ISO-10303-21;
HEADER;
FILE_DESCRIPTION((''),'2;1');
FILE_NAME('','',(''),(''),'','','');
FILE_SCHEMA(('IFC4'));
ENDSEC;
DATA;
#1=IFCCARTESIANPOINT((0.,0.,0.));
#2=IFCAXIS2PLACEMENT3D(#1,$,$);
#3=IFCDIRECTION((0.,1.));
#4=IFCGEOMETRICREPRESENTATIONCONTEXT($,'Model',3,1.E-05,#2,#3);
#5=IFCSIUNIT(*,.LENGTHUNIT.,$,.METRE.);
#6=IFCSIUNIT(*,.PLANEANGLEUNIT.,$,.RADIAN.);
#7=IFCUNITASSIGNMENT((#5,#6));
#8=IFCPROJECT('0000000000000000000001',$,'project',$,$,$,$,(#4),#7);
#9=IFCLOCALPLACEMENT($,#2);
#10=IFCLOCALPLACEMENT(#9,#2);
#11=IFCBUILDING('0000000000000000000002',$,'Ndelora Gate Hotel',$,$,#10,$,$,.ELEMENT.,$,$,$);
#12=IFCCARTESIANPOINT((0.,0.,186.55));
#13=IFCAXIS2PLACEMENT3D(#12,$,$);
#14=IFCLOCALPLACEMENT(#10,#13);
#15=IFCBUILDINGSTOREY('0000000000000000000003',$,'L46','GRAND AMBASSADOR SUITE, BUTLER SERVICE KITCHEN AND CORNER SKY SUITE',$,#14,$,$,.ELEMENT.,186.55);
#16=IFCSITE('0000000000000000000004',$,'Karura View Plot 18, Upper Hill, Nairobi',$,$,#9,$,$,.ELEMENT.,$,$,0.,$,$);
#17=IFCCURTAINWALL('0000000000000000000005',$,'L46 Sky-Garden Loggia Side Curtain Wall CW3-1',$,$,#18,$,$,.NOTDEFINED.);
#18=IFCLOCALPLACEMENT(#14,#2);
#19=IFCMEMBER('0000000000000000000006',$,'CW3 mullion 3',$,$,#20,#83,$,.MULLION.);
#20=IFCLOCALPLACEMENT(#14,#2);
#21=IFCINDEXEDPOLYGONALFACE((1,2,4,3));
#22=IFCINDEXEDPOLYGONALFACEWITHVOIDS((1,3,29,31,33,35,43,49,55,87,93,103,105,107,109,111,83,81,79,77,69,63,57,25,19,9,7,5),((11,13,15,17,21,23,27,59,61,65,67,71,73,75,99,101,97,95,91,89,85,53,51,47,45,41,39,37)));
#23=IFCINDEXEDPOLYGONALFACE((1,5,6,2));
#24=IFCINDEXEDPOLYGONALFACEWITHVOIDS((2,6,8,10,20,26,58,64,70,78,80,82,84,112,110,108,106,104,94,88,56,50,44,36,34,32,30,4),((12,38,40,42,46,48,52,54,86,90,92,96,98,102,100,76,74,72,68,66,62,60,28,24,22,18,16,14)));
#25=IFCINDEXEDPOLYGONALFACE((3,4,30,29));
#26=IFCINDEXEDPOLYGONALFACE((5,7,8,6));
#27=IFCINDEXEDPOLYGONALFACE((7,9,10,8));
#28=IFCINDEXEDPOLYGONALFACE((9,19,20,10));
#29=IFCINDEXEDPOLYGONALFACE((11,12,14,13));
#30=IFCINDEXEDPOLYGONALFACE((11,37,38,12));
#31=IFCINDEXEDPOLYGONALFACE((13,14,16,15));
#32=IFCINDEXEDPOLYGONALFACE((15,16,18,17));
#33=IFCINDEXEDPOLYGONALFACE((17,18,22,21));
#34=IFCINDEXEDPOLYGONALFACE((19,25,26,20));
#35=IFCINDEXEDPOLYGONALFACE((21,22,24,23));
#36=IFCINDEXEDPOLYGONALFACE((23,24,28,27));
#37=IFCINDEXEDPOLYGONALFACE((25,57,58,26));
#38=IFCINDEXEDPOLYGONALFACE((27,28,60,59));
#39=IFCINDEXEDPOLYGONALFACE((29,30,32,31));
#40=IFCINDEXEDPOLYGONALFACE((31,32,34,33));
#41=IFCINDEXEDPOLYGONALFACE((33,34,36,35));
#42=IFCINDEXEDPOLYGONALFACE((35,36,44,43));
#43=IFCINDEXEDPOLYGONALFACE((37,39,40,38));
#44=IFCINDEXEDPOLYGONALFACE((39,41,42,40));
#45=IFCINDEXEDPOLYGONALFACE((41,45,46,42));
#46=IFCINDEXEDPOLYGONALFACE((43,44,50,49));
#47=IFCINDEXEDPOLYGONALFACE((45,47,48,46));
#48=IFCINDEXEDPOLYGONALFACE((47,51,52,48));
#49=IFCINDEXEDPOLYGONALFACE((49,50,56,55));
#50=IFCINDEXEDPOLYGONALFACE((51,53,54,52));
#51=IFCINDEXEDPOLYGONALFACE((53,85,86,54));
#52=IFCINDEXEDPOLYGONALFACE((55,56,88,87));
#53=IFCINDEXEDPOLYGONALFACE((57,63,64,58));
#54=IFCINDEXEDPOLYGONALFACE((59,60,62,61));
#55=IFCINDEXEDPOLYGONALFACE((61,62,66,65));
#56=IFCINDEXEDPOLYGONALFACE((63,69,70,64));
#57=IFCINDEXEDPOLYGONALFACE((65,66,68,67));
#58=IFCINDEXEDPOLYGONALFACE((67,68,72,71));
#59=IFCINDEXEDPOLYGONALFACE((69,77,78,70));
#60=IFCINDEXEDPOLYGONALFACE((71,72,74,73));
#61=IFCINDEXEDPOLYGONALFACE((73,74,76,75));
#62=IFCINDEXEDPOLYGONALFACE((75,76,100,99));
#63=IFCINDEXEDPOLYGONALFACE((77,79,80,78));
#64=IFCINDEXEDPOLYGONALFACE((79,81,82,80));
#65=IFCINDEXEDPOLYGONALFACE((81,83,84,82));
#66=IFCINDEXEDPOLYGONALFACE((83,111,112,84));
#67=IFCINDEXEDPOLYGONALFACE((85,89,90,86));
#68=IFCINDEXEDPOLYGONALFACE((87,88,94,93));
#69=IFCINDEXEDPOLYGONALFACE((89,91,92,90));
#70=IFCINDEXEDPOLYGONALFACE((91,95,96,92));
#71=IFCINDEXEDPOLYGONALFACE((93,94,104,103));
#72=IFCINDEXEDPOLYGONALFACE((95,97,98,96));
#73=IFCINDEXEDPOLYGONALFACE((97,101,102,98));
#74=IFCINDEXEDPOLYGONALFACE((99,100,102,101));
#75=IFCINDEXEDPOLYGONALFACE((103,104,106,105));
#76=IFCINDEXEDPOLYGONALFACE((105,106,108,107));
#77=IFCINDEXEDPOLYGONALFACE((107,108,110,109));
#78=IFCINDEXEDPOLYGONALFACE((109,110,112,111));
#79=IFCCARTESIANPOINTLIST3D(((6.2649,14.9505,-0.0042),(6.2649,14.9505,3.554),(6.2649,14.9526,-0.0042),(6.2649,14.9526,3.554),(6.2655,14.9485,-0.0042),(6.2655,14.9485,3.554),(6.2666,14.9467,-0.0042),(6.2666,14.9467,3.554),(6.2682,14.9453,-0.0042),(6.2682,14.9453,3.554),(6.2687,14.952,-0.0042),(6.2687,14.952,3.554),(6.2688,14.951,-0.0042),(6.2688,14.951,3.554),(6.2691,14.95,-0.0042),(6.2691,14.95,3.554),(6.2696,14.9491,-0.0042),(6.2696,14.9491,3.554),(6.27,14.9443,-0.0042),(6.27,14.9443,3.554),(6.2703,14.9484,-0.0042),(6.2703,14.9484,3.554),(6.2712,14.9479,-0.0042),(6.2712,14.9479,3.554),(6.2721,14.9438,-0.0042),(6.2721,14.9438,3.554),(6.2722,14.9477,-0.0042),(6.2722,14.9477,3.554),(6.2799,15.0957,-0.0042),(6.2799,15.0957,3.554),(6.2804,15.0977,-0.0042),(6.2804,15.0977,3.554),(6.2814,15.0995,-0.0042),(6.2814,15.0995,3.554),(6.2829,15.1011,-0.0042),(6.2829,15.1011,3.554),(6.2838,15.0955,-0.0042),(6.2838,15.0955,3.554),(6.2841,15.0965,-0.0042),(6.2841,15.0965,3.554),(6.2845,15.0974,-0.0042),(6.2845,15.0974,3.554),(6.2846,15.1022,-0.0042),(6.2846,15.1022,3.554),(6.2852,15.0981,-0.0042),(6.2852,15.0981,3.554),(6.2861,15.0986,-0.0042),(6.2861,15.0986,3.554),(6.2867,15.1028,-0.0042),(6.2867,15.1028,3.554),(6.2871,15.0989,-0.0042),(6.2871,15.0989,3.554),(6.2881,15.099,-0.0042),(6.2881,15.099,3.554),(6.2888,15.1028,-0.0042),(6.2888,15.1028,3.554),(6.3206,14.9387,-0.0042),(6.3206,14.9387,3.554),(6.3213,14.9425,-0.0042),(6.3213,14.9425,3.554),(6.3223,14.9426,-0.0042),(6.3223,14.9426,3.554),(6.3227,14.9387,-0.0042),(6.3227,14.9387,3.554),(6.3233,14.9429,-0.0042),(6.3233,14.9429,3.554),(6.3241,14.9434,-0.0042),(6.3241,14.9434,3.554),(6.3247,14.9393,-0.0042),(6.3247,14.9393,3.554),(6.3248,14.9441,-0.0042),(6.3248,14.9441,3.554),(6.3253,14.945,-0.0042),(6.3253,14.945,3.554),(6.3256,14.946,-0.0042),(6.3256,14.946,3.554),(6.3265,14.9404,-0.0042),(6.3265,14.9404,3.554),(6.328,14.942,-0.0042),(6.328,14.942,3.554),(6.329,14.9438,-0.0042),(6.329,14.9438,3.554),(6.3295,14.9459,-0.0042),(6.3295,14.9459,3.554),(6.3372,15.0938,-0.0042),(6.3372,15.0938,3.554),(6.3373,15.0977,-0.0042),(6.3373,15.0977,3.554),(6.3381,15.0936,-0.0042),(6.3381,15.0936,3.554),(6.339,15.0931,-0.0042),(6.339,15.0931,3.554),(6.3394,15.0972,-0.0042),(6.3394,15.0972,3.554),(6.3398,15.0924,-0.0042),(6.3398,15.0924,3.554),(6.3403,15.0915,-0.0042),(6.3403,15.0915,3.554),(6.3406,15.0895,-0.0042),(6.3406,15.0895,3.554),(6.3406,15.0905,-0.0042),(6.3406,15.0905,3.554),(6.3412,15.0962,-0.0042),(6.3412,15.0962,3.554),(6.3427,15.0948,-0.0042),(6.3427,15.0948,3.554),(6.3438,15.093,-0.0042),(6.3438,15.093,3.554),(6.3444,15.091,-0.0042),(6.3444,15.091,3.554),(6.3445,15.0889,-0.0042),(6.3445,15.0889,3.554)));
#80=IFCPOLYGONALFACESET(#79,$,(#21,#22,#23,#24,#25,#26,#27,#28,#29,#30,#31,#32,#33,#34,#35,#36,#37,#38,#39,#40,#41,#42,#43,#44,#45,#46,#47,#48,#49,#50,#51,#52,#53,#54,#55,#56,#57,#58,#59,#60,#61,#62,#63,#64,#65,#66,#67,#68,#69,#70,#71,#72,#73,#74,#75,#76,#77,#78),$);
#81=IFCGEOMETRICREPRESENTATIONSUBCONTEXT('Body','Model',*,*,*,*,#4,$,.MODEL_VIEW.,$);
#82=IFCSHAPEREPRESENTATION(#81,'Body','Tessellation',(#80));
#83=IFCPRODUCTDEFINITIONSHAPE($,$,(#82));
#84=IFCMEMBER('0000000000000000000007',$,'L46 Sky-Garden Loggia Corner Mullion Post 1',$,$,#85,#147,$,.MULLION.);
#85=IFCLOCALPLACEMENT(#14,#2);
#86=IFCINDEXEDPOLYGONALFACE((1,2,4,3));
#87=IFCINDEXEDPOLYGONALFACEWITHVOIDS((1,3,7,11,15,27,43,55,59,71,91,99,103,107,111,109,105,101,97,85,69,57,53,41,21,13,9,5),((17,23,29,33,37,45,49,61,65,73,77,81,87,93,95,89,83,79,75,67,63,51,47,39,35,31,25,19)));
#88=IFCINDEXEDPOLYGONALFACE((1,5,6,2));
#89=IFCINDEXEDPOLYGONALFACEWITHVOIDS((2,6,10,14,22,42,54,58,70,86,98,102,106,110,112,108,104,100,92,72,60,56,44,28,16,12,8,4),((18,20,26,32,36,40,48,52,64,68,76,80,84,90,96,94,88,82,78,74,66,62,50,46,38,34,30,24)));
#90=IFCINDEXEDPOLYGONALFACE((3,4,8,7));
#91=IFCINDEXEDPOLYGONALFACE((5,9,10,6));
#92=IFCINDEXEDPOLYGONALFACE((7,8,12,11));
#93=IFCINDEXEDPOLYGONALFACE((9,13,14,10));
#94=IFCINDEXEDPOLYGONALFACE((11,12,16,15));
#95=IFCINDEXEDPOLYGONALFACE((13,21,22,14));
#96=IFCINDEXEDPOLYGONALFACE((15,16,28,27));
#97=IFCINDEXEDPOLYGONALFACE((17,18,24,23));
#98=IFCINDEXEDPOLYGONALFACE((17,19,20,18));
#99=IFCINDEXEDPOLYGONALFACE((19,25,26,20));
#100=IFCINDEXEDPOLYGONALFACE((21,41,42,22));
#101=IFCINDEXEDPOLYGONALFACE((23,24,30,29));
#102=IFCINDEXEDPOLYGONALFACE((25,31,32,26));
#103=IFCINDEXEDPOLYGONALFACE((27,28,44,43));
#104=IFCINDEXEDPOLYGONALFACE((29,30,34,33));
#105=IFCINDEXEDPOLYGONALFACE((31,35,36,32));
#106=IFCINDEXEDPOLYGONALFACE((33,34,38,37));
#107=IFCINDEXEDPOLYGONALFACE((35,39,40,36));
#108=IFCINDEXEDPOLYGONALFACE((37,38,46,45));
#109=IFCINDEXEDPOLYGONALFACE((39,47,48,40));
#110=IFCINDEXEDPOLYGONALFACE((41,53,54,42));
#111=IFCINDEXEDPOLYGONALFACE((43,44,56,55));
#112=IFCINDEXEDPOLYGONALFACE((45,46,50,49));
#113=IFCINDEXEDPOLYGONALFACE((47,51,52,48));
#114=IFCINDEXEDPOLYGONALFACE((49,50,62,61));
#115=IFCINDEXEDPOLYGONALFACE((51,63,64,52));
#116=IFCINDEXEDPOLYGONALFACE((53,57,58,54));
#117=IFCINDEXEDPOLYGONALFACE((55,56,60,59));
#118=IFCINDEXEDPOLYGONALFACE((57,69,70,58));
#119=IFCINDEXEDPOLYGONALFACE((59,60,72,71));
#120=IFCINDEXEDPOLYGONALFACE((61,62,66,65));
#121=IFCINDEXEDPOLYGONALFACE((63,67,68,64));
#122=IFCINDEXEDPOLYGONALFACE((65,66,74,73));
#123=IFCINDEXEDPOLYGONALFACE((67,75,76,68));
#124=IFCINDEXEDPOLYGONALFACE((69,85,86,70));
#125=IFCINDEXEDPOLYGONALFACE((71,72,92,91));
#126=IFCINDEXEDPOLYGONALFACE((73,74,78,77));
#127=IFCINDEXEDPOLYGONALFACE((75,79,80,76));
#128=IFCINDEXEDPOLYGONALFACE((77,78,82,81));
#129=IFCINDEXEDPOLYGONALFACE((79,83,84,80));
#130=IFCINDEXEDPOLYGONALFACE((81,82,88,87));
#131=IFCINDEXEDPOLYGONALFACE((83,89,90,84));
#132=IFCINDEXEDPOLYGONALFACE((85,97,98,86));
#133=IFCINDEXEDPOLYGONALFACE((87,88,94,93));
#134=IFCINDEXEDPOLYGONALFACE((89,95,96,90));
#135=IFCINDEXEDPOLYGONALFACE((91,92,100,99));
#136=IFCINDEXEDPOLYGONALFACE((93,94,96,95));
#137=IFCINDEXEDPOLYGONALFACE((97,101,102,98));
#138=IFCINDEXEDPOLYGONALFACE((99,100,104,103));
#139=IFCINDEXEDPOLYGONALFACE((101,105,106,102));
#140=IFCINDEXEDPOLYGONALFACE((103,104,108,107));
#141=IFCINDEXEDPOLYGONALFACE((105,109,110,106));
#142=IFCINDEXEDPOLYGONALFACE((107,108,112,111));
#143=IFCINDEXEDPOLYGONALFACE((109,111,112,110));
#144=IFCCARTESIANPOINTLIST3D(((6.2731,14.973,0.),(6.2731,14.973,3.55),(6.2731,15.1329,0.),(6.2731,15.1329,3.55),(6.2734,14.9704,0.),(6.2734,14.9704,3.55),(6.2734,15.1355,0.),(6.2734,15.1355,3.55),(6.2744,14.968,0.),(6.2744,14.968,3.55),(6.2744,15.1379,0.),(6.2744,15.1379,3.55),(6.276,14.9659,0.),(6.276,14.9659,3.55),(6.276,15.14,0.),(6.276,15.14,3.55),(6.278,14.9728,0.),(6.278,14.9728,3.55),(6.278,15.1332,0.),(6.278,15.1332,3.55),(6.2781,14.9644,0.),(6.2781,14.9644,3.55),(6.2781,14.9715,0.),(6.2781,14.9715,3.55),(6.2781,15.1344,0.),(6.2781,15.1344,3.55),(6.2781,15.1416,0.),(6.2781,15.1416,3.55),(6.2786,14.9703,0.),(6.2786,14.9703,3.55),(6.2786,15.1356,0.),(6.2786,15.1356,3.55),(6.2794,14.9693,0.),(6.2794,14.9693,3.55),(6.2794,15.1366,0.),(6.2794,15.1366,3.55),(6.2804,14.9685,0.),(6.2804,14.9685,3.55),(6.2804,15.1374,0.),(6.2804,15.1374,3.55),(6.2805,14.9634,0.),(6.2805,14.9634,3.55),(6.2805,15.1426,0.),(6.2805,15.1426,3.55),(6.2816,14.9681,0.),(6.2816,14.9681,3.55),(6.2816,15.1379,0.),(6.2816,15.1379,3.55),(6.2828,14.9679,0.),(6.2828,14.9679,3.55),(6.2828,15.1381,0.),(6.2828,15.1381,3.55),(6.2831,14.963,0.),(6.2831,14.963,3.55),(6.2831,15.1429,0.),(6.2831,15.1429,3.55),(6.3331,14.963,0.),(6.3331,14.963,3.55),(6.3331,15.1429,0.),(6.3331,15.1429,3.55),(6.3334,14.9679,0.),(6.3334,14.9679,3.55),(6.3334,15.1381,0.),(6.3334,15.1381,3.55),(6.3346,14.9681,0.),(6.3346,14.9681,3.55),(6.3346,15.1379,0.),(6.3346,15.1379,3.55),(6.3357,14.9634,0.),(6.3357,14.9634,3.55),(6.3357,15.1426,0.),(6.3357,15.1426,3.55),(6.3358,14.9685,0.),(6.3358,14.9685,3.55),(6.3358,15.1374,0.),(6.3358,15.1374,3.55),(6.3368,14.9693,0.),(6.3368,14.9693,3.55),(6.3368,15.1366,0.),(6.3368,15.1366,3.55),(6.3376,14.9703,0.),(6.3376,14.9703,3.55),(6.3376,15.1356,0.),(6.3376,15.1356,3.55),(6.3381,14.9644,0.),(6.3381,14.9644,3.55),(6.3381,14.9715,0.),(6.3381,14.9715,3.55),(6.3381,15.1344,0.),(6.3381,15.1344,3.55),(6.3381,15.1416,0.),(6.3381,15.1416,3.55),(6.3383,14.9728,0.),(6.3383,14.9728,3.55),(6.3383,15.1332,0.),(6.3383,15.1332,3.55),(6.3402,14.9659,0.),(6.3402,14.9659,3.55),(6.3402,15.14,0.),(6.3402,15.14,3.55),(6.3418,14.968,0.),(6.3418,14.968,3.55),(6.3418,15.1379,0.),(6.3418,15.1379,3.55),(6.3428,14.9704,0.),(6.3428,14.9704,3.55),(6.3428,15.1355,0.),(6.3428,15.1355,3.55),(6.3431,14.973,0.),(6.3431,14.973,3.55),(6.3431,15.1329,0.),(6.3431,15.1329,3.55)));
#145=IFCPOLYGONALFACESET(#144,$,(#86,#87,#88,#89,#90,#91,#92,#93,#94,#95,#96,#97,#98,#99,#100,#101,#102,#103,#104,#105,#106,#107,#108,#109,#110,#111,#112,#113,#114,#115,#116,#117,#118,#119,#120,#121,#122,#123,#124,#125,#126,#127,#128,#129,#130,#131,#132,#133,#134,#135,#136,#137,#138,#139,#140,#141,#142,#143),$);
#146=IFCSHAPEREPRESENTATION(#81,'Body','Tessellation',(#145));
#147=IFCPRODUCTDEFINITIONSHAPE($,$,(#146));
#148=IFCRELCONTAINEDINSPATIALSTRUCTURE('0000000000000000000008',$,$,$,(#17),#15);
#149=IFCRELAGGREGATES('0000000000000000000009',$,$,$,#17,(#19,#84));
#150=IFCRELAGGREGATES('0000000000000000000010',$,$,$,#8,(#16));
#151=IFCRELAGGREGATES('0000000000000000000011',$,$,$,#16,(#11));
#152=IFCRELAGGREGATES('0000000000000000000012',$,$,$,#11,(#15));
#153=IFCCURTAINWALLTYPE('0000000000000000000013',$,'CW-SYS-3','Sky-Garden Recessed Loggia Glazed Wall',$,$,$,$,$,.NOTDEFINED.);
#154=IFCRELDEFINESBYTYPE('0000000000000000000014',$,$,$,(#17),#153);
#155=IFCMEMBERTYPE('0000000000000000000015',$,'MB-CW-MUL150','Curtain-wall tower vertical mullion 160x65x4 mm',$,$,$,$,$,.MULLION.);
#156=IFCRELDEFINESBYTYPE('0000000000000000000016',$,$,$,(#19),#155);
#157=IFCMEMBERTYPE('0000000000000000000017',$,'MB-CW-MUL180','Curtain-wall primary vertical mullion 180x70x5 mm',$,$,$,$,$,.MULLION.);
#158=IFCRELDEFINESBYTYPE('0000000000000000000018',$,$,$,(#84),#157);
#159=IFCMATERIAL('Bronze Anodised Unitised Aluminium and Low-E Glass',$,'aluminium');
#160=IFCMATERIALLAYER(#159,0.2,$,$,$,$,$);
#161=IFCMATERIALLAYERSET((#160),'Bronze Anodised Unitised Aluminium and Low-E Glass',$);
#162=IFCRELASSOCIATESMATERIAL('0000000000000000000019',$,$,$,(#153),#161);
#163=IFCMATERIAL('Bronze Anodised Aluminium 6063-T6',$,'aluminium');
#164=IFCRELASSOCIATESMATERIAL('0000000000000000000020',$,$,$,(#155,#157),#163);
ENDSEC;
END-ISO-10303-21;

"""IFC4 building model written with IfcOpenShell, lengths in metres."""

from ifc_helpers import new_model, si_unit, direction, frame, origin, origin_2d, place, context, subcontext, project, spatial, hollow_rectangle, extrude, material, layer, layer_set, material_profile, profile_set, type_object, element, aggregate, save


model = new_model("IFC4")

# Units and contexts
model_context = context("Model", 3, precision=1e-05, world=origin(), true_north=direction((0.0, 1.0)))
body_context = subcontext(model_context, "Body", "Model", "MODEL_VIEW")
ifc_project = project(units=[si_unit("LENGTHUNIT", "METRE"), si_unit("PLANEANGLEUNIT", "RADIAN")], contexts=[model_context])

# Site, building, storey
site_placement = place(None, origin())
site = spatial("IfcSite", under=ifc_project, at=site_placement, Name="Karura View Plot 18, Upper Hill, Nairobi", CompositionType="ELEMENT", RefElevation=0.0)
building_placement = place(site_placement, origin())
building = spatial("IfcBuilding", under=site, at=building_placement, Name="Ndelora Gate Hotel", CompositionType="ELEMENT")
storey_placement = place(building_placement, frame((0.0, 0.0, 186.55)))
storey = spatial("IfcBuildingStorey", under=building, at=storey_placement, Name="L46", Description="GRAND AMBASSADOR SUITE, BUTLER SERVICE KITCHEN AND CORNER SKY SUITE", CompositionType="ELEMENT", Elevation=186.55)

# Curtain wall, members
ifc_material_1 = material(Name="Bronze Anodised Unitised Aluminium and Low-E Glass", Category="aluminium")
ifc_layer_1 = layer(ifc_material_1, 0.2)
ifc_layer_set_1 = layer_set([ifc_layer_1], Name="Bronze Anodised Unitised Aluminium and Low-E Glass")
curtain_wall_type = type_object("IfcCurtainWallType", Name="CW-SYS-3", Description="Sky-Garden Recessed Loggia Glazed Wall", PredefinedType="NOTDEFINED", material=ifc_layer_set_1)
curtain_wall_placement = place(storey_placement, origin())
curtain_wall = element("IfcCurtainWall", 1, at=curtain_wall_placement, inside=storey, type_object=curtain_wall_type, Name="L46 Sky-Garden Loggia Side Curtain Wall CW3-1", PredefinedType="NOTDEFINED")
ifc_material_2 = material(Name="Bronze Anodised Aluminium 6063-T6", Category="aluminium")
ifc_material_profile_1 = material_profile(ifc_material_2, hollow_rectangle(XDim=0.0649, YDim=0.1599, WallThickness=0.0039, InnerFilletRadius=0.0039, OuterFilletRadius=0.0081, at=origin_2d()), Name="ALU 160x65x4")
ifc_profile_set_1 = profile_set([ifc_material_profile_1], Name="Bronze Anodised Aluminium 6063-T6")
member_type_1 = type_object("IfcMemberType", Name="MB-CW-MUL150", Description="Curtain-wall tower vertical mullion 160x65x4 mm", PredefinedType="MULLION", material=ifc_profile_set_1)
member_1_placement = place(storey_placement, frame((6.3047, 15.0208, -0.0042), z_axis=(0.0, 0.0, 1.0), x_axis=(-0.994525, 0.104498, 0.0)))
member_1 = element("IfcMember", 2, at=member_1_placement, type_object=member_type_1, Name="CW3 mullion 3", PredefinedType="MULLION", context=body_context, shape_type="SweptSolid", body=[
    extrude(hollow_rectangle(XDim=0.0649, YDim=0.1599, WallThickness=0.0039, InnerFilletRadius=0.0039, OuterFilletRadius=0.0081, at=origin_2d()), origin(), (0.0, 0.0, 1.0), 3.5581),
])
ifc_material_profile_2 = material_profile(ifc_material_2, hollow_rectangle(XDim=0.0701, YDim=0.1799, WallThickness=0.0049, InnerFilletRadius=0.0049, OuterFilletRadius=0.01, at=origin_2d()), Name="ALU 180x70x5")
ifc_profile_set_2 = profile_set([ifc_material_profile_2], Name="Bronze Anodised Aluminium 6063-T6")
member_type_2 = type_object("IfcMemberType", Name="MB-CW-MUL180", Description="Curtain-wall primary vertical mullion 180x70x5 mm", PredefinedType="MULLION", material=ifc_profile_set_2)
member_2_placement = place(storey_placement, frame((6.3081, 15.053, 0.0), z_axis=(0.0, 0.0, 1.0), x_axis=(1.0, 0.0, 0.0)))
member_2 = element("IfcMember", 3, at=member_2_placement, type_object=member_type_2, Name="L46 Sky-Garden Loggia Corner Mullion Post 1", PredefinedType="MULLION", context=body_context, shape_type="SweptSolid", body=[
    extrude(hollow_rectangle(XDim=0.0701, YDim=0.1799, WallThickness=0.0049, InnerFilletRadius=0.0049, OuterFilletRadius=0.01, at=origin_2d()), origin(), (0.0, 0.0, 1.0), 3.55),
])
aggregate(curtain_wall, [member_1, member_2])

save(model, "model.ifc")
